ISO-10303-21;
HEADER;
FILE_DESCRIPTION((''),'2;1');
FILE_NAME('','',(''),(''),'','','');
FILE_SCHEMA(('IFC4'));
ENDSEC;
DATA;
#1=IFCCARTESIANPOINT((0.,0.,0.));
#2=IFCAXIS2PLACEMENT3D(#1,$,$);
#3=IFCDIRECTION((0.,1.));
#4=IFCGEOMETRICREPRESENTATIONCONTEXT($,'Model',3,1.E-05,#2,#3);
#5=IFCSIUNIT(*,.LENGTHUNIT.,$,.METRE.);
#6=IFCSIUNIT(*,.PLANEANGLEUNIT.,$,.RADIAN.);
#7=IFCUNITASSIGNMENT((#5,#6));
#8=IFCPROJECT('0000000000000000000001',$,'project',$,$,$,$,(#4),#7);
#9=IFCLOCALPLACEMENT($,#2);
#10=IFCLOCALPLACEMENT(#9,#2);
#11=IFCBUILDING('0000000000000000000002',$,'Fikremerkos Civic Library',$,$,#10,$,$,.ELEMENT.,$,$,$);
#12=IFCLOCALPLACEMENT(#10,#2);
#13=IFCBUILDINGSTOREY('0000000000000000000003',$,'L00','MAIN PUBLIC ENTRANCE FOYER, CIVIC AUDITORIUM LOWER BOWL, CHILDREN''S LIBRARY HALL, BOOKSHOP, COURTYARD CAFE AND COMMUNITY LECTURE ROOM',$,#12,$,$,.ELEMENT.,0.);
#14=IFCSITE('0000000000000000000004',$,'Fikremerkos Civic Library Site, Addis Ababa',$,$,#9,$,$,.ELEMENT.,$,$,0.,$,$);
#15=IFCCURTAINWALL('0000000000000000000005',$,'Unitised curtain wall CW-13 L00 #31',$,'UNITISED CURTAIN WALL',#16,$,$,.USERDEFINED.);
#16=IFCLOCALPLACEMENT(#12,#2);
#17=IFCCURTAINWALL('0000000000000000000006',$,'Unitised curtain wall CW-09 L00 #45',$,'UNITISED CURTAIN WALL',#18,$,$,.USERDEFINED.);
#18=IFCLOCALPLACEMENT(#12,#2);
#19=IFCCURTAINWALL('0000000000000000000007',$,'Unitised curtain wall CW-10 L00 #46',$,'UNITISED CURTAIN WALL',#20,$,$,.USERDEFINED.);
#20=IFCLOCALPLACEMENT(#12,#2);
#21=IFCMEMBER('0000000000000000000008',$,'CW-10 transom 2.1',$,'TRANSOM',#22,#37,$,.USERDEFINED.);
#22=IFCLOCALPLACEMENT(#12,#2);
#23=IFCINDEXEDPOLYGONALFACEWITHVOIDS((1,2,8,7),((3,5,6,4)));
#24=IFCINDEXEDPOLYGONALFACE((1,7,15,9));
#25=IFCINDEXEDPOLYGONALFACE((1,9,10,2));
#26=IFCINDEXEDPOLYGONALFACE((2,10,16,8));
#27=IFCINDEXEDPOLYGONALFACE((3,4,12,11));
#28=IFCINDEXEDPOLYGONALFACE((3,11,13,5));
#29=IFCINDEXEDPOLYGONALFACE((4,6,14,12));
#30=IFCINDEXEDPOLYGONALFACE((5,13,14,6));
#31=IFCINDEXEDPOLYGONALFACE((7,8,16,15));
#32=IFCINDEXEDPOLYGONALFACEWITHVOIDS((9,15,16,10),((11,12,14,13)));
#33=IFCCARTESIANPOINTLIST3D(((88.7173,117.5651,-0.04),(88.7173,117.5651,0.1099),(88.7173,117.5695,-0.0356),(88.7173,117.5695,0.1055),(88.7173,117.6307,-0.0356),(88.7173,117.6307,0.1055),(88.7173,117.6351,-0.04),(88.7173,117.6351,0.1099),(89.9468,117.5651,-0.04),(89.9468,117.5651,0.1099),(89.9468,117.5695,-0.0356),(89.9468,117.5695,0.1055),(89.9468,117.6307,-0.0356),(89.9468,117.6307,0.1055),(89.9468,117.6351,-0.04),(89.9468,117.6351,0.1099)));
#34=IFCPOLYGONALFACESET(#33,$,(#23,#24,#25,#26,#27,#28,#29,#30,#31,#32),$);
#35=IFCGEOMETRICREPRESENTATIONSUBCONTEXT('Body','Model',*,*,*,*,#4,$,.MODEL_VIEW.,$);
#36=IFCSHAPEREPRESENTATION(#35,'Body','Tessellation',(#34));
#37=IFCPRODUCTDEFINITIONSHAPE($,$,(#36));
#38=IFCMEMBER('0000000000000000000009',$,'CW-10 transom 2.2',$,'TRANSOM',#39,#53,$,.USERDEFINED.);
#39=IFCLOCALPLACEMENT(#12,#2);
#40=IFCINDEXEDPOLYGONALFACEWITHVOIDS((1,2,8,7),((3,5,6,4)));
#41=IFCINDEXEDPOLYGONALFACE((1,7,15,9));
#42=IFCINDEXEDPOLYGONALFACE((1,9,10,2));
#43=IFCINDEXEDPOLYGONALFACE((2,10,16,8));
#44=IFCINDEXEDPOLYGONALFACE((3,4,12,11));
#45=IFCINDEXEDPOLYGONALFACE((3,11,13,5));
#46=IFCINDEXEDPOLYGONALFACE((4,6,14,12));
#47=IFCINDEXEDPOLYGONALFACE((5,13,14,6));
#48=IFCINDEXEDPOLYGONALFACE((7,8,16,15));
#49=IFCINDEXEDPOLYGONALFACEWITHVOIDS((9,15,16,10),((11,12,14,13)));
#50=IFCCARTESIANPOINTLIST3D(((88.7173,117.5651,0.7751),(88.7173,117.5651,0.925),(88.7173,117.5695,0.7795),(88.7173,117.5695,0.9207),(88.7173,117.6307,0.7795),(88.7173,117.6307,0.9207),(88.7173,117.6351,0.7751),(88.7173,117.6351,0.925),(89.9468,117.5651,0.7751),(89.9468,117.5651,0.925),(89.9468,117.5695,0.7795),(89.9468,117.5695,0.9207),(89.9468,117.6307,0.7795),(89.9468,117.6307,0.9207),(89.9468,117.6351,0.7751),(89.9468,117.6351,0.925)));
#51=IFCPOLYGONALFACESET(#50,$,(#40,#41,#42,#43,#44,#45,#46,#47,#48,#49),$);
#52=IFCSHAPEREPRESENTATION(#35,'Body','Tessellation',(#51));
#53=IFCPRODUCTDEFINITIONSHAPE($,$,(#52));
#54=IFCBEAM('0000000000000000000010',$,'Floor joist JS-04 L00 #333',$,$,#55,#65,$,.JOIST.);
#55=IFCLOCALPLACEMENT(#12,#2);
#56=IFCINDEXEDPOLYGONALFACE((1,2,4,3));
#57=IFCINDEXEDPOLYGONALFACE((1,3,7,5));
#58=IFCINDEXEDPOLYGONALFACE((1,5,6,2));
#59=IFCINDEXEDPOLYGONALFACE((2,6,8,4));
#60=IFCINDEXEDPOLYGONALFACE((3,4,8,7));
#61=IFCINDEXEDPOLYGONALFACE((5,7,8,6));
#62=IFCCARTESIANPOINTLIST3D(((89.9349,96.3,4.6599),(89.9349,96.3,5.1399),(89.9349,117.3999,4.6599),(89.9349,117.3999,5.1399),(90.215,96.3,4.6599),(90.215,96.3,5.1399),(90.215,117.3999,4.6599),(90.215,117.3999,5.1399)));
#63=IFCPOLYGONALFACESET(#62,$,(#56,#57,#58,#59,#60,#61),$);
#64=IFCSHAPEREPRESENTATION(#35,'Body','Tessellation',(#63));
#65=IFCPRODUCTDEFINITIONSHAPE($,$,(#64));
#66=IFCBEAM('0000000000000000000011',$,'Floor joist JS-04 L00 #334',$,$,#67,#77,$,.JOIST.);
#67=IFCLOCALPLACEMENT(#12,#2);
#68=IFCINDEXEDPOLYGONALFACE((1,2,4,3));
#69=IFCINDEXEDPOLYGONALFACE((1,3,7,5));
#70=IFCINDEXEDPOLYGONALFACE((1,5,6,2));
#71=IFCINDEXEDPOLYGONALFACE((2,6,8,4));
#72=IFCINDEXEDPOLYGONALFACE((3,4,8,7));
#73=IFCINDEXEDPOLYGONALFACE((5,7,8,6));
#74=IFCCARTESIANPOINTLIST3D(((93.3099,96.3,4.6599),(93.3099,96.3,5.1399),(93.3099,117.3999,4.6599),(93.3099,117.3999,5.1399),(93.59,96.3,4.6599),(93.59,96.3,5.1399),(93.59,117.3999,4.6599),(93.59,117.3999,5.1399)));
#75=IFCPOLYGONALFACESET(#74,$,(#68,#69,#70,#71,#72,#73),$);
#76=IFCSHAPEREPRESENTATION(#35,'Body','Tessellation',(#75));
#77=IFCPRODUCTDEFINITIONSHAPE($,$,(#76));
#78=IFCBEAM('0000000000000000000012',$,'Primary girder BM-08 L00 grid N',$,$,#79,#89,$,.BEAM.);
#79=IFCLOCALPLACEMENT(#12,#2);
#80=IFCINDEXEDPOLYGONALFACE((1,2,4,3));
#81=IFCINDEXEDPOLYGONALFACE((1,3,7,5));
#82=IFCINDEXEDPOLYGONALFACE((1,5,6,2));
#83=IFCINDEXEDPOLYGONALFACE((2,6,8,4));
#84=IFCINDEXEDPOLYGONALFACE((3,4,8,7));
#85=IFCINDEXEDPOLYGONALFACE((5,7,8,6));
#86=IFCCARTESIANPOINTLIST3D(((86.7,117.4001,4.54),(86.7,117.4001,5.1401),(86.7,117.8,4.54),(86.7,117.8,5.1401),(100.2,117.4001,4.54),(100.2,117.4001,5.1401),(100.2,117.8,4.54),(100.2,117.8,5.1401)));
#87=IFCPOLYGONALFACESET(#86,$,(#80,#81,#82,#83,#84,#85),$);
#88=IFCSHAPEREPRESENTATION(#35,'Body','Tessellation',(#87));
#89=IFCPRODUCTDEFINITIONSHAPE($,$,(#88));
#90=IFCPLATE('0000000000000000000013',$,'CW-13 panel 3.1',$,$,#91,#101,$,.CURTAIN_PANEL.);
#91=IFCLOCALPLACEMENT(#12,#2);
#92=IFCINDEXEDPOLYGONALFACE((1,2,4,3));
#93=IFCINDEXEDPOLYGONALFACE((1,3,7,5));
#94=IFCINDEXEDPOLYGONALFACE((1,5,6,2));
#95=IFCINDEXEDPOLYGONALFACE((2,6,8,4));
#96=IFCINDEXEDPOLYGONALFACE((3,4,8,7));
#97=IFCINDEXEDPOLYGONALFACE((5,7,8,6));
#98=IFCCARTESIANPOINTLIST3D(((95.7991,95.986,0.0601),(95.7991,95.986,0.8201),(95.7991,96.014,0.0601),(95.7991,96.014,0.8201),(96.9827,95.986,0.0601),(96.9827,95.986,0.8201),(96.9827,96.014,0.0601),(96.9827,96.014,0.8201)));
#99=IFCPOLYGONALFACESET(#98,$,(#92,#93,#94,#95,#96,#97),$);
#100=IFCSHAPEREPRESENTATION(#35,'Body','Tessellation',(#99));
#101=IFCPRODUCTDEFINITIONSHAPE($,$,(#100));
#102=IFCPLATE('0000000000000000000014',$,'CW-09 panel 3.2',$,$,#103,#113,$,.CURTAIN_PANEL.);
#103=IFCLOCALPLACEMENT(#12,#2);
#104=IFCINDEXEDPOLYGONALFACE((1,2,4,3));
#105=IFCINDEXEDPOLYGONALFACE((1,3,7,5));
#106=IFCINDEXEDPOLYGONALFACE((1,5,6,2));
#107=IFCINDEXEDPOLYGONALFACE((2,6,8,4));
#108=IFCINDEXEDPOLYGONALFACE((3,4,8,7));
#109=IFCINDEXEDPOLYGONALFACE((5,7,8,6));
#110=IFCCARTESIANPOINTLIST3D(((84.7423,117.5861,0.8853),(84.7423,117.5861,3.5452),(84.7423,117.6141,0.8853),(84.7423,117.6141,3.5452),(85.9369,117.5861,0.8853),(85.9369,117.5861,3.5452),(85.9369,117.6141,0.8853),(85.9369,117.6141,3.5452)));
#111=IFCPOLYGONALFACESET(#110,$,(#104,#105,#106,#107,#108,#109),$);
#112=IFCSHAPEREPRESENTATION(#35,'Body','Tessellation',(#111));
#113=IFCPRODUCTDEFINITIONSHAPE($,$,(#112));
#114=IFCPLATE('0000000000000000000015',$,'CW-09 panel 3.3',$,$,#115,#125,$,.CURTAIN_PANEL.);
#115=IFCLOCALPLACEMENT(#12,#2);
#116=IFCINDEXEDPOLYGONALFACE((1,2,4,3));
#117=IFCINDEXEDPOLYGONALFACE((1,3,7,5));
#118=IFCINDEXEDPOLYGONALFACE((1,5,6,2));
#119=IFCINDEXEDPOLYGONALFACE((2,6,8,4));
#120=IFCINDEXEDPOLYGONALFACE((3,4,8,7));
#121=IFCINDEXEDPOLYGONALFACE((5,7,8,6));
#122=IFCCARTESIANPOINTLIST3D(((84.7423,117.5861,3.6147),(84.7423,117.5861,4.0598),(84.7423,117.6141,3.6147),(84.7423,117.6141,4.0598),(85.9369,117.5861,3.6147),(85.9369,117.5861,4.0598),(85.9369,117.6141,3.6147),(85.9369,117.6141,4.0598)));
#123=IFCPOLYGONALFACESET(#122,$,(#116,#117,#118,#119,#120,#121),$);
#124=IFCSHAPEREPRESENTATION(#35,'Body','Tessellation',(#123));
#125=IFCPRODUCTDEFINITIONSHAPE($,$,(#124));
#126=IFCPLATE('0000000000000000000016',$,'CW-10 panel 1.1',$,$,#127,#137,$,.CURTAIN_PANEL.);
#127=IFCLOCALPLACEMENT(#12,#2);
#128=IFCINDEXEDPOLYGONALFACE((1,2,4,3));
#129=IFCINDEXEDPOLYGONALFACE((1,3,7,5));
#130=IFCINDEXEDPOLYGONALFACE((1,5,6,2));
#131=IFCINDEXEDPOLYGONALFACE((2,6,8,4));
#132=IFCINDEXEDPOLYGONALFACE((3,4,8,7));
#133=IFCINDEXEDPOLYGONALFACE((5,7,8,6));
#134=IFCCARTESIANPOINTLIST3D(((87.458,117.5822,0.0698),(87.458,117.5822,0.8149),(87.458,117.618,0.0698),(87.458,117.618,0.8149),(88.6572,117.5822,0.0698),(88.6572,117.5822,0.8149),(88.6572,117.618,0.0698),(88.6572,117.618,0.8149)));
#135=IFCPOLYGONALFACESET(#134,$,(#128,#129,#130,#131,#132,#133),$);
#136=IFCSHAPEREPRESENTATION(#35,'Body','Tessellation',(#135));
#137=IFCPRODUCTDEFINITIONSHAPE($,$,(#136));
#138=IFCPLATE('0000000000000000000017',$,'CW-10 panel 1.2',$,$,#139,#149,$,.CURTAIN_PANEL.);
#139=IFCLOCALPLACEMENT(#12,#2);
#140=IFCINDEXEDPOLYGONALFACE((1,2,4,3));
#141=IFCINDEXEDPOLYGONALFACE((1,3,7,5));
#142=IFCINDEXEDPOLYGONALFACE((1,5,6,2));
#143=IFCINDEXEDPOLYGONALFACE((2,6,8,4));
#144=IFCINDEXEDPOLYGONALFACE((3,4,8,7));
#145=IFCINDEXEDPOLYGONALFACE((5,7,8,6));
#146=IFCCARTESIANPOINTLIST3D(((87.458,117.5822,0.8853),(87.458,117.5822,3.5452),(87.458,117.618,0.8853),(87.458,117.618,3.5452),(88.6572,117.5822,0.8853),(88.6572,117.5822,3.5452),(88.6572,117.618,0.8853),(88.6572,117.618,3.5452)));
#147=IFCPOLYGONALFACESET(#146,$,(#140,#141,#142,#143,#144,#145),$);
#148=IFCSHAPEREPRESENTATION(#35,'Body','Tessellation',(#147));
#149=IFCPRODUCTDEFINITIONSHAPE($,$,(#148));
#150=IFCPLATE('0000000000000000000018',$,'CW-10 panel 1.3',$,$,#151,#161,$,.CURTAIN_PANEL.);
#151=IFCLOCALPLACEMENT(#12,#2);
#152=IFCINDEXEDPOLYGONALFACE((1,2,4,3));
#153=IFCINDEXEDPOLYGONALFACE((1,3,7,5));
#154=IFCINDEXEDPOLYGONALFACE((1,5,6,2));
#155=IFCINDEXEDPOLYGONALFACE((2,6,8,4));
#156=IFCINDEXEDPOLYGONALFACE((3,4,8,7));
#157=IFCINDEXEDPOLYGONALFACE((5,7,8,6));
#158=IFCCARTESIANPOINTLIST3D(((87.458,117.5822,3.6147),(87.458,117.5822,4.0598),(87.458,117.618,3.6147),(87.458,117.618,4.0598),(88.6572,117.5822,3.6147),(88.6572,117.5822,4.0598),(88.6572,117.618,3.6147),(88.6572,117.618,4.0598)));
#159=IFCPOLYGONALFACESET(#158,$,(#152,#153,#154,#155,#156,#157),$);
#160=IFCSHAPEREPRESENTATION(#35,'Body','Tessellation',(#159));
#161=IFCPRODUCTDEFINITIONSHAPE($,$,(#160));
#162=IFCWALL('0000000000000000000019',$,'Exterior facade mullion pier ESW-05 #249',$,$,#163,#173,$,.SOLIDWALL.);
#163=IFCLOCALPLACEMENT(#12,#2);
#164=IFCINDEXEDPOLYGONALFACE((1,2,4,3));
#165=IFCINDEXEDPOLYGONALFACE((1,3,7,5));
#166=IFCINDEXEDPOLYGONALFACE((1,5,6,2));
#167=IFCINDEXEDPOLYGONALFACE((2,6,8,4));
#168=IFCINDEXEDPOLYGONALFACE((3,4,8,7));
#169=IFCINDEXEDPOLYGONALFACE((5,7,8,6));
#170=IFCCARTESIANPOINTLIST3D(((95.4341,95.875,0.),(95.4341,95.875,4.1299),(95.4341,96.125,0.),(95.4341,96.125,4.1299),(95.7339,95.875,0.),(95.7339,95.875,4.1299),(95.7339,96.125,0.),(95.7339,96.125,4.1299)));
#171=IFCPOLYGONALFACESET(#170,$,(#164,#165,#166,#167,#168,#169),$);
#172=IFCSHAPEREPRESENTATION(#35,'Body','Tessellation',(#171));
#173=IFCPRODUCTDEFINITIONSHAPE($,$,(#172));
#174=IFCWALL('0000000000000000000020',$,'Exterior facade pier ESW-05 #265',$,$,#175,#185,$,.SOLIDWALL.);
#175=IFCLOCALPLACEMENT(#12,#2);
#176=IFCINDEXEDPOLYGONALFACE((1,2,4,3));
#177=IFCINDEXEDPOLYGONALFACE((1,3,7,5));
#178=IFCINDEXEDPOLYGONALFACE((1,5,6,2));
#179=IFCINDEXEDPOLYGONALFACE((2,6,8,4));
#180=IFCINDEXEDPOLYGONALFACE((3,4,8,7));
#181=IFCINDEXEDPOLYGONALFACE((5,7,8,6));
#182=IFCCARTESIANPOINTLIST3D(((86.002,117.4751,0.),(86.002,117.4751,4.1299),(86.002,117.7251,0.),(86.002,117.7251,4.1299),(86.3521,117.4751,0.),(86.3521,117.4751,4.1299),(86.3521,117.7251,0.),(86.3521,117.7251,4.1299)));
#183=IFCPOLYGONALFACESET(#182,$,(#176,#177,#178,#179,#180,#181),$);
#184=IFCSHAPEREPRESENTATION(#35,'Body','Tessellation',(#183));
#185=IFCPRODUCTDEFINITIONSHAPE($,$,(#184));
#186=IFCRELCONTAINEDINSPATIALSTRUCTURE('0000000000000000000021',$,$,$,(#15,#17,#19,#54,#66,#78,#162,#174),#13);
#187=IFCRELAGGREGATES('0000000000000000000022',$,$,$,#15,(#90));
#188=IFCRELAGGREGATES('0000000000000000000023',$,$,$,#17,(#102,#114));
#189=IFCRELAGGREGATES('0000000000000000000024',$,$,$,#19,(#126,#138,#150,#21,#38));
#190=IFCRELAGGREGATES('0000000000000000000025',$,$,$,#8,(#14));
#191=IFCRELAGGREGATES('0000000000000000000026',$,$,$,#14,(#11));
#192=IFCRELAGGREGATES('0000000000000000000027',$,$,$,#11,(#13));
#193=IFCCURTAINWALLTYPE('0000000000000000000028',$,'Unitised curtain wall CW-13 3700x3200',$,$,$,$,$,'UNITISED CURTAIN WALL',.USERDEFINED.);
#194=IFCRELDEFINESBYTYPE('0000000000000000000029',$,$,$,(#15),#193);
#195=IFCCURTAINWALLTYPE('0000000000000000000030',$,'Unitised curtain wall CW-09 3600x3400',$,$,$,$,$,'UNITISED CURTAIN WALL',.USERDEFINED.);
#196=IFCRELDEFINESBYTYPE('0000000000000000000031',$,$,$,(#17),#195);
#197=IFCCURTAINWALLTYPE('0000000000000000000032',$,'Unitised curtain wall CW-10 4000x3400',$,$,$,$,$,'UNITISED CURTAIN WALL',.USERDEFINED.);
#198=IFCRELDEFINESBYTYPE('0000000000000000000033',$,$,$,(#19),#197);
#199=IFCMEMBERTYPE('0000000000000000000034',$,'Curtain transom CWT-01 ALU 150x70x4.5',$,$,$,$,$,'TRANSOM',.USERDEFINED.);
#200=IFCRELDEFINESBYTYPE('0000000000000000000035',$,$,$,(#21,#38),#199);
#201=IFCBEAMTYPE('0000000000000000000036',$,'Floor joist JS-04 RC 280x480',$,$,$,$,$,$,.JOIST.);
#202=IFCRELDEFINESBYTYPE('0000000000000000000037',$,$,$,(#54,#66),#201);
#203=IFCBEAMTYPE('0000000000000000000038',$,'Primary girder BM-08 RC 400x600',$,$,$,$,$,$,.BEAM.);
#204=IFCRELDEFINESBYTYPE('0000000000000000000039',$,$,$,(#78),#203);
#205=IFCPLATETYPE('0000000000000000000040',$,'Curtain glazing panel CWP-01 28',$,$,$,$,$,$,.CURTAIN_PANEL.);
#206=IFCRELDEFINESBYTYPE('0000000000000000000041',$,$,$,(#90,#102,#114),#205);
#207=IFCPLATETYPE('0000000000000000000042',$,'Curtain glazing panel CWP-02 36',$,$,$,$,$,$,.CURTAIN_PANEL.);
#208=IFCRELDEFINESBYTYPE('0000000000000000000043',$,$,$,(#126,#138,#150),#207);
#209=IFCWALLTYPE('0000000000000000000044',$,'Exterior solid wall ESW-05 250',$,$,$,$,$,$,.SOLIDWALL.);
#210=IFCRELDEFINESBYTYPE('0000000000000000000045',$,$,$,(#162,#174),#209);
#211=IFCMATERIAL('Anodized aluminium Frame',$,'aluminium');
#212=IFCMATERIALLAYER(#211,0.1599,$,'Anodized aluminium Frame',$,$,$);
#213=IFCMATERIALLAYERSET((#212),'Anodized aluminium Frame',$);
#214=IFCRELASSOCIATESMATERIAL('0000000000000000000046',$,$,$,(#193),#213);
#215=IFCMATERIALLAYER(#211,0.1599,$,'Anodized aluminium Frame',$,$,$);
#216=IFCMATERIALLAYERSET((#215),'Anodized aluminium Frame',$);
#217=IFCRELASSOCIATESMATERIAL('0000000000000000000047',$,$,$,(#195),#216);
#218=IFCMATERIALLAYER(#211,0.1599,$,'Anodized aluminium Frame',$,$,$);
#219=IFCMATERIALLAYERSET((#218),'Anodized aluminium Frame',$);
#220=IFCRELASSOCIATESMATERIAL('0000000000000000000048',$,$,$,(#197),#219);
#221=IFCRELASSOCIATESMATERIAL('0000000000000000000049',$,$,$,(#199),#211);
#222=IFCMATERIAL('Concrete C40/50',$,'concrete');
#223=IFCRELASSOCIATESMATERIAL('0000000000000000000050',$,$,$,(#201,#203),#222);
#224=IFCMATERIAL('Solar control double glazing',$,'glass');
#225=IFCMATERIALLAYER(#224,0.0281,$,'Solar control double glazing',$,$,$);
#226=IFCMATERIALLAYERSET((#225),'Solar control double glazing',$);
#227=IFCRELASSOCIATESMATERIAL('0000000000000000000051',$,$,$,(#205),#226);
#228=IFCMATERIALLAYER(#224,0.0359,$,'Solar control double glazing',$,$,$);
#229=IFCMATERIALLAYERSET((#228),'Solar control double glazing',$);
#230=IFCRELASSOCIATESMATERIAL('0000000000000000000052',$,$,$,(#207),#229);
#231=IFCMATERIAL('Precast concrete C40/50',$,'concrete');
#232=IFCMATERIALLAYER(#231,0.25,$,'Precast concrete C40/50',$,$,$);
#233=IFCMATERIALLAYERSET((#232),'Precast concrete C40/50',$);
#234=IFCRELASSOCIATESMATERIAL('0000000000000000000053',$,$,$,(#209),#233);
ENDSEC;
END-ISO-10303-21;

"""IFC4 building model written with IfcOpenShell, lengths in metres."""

from ifc_helpers import new_model, si_unit, direction, frame, frame_2d, origin, origin_2d, place, context, subcontext, project, spatial, rectangle, hollow_rectangle, extrude, material, layer, layer_set, material_profile, profile_set, type_object, element, aggregate, save


model = new_model("IFC4")

# Units and contexts
model_context = context("Model", 3, precision=1e-05, world=origin(), true_north=direction((0.0, 1.0)))
body_context = subcontext(model_context, "Body", "Model", "MODEL_VIEW")
ifc_project = project(units=[si_unit("LENGTHUNIT", "METRE"), si_unit("PLANEANGLEUNIT", "RADIAN")], contexts=[model_context])

# Site, building, storey
site_placement = place(None, origin())
site = spatial("IfcSite", under=ifc_project, at=site_placement, Name="Fikremerkos Civic Library Site, Addis Ababa", CompositionType="ELEMENT", RefElevation=0.0)
building_placement = place(site_placement, origin())
building = spatial("IfcBuilding", under=site, at=building_placement, Name="Fikremerkos Civic Library", CompositionType="ELEMENT")
storey_placement = place(building_placement, origin())
storey = spatial("IfcBuildingStorey", under=building, at=storey_placement, Name="L00", Description="MAIN PUBLIC ENTRANCE FOYER, CIVIC AUDITORIUM LOWER BOWL, CHILDREN'S LIBRARY HALL, BOOKSHOP, COURTYARD CAFE AND COMMUNITY LECTURE ROOM", CompositionType="ELEMENT", Elevation=0.0)

# Shared definitions
ifc_material_1 = material(Name="Concrete C40/50", Category="concrete")

# Curtain walls
ifc_material_2 = material(Name="Anodized aluminium Frame", Category="aluminium")
ifc_layer_1 = layer(ifc_material_2, 0.1599, Name="Anodized aluminium Frame")
ifc_layer_set_1 = layer_set([ifc_layer_1], Name="Anodized aluminium Frame")
curtain_wall_type_1 = type_object("IfcCurtainWallType", Name="Unitised curtain wall CW-13 3700x3200", ElementType="UNITISED CURTAIN WALL", PredefinedType="USERDEFINED", material=ifc_layer_set_1)
curtain_wall_1_placement = place(storey_placement, origin())
curtain_wall_1 = element("IfcCurtainWall", 1, at=curtain_wall_1_placement, inside=storey, type_object=curtain_wall_type_1, Name="Unitised curtain wall CW-13 L00 #31", ObjectType="UNITISED CURTAIN WALL", PredefinedType="USERDEFINED")
ifc_layer_2 = layer(ifc_material_2, 0.1599, Name="Anodized aluminium Frame")
ifc_layer_set_2 = layer_set([ifc_layer_2], Name="Anodized aluminium Frame")
curtain_wall_type_2 = type_object("IfcCurtainWallType", Name="Unitised curtain wall CW-09 3600x3400", ElementType="UNITISED CURTAIN WALL", PredefinedType="USERDEFINED", material=ifc_layer_set_2)
curtain_wall_2_placement = place(storey_placement, origin())
curtain_wall_2 = element("IfcCurtainWall", 2, at=curtain_wall_2_placement, inside=storey, type_object=curtain_wall_type_2, Name="Unitised curtain wall CW-09 L00 #45", ObjectType="UNITISED CURTAIN WALL", PredefinedType="USERDEFINED")

# Curtain wall, members
ifc_layer_3 = layer(ifc_material_2, 0.1599, Name="Anodized aluminium Frame")
ifc_layer_set_3 = layer_set([ifc_layer_3], Name="Anodized aluminium Frame")
curtain_wall_type_3 = type_object("IfcCurtainWallType", Name="Unitised curtain wall CW-10 4000x3400", ElementType="UNITISED CURTAIN WALL", PredefinedType="USERDEFINED", material=ifc_layer_set_3)
curtain_wall_3_placement = place(storey_placement, origin())
curtain_wall_3 = element("IfcCurtainWall", 3, at=curtain_wall_3_placement, inside=storey, type_object=curtain_wall_type_3, Name="Unitised curtain wall CW-10 L00 #46", ObjectType="UNITISED CURTAIN WALL", PredefinedType="USERDEFINED")
ifc_material_profile_1 = material_profile(ifc_material_2, hollow_rectangle(XDim=0.0701, YDim=0.1499, WallThickness=0.0044, at=origin_2d()), Name="ALU 150x70x4.5")
ifc_profile_set_1 = profile_set([ifc_material_profile_1], Name="Anodized aluminium Frame")
member_type_1 = type_object("IfcMemberType", Name="Curtain transom CWT-01 ALU 150x70x4.5", ElementType="TRANSOM", PredefinedType="USERDEFINED", material=ifc_profile_set_1)
member_1_placement = place(storey_placement, frame((88.7173, 117.6001, 0.0349), z_axis=(1.0, 0.0, 0.0), x_axis=(0.0, 1.0, 0.0)))
member_1 = element("IfcMember", 4, at=member_1_placement, type_object=member_type_1, Name="CW-10 transom 2.1", ObjectType="TRANSOM", PredefinedType="USERDEFINED", context=body_context, shape_type="SweptSolid", body=[
    extrude(hollow_rectangle(XDim=0.0701, YDim=0.1499, WallThickness=0.0044, at=origin_2d()), origin(), (0.0, 0.0, 1.0), 1.2295),
])
member_2_placement = place(storey_placement, frame((88.7173, 117.6001, 0.8501), z_axis=(1.0, 0.0, 0.0), x_axis=(0.0, 1.0, 0.0)))
member_2 = element("IfcMember", 5, at=member_2_placement, type_object=member_type_1, Name="CW-10 transom 2.2", ObjectType="TRANSOM", PredefinedType="USERDEFINED", context=body_context, shape_type="SweptSolid", body=[
    extrude(hollow_rectangle(XDim=0.0701, YDim=0.1499, WallThickness=0.0044, at=origin_2d()), origin(), (0.0, 0.0, 1.0), 1.2295),
])

# Beams
ifc_material_profile_2 = material_profile(ifc_material_1, rectangle(XDim=0.28, YDim=0.48, at=origin_2d()), Name="RC 280x480")
ifc_profile_set_2 = profile_set([ifc_material_profile_2], Name="Concrete C40/50")
beam_type_1 = type_object("IfcBeamType", Name="Floor joist JS-04 RC 280x480", PredefinedType="JOIST", material=ifc_profile_set_2)
for number, where, z_axis, x_axis, name in (
    (6, (90.075, 96.3, 4.8999), (0.0, 1.0, 0.0), (-1.0, 0.0, 0.0), "Floor joist JS-04 L00 #333"),
    (7, (93.45, 96.3, 4.8999), (0.0, 1.0, 0.0), (-1.0, 0.0, 0.0), "Floor joist JS-04 L00 #334"),
):
    element("IfcBeam", number, at=place(storey_placement, frame(where, z_axis=z_axis, x_axis=x_axis)), inside=storey, type_object=beam_type_1, Name=name, PredefinedType="JOIST", context=body_context, shape_type="SweptSolid", body=[
        extrude(rectangle(XDim=0.28, YDim=0.48, at=origin_2d()), origin(), (0.0, 0.0, 1.0), 21.0999),
    ])
ifc_material_profile_3 = material_profile(ifc_material_1, rectangle(XDim=0.3999, YDim=0.6001, at=origin_2d()), Name="RC 400x600")
ifc_profile_set_3 = profile_set([ifc_material_profile_3], Name="Concrete C40/50")
beam_type_2 = type_object("IfcBeamType", Name="Primary girder BM-08 RC 400x600", PredefinedType="BEAM", material=ifc_profile_set_3)
beam_placement = place(storey_placement, frame((86.7, 117.6001, 4.8401), z_axis=(1.0, 0.0, 0.0), x_axis=(0.0, 1.0, 0.0)))
element("IfcBeam", 8, at=beam_placement, inside=storey, type_object=beam_type_2, Name="Primary girder BM-08 L00 grid N", PredefinedType="BEAM", context=body_context, shape_type="SweptSolid", body=[
    extrude(rectangle(XDim=0.3999, YDim=0.6001, at=origin_2d()), origin(), (0.0, 0.0, 1.0), 13.5),
])

# Plates
ifc_material_3 = material(Name="Solar control double glazing", Category="glass")
ifc_layer_4 = layer(ifc_material_3, 0.0281, Name="Solar control double glazing")
ifc_layer_set_4 = layer_set([ifc_layer_4], Name="Solar control double glazing")
plate_type_1 = type_object("IfcPlateType", Name="Curtain glazing panel CWP-01 28", PredefinedType="CURTAIN_PANEL", material=ifc_layer_set_4)
plate_1_placement = place(storey_placement, frame((96.3909, 96.0, 0.0601), z_axis=(0.0, 0.0, 1.0), x_axis=(-1.0, 0.0, 0.0)))
plate_1 = element("IfcPlate", 9, at=plate_1_placement, type_object=plate_type_1, Name="CW-13 panel 3.1", PredefinedType="CURTAIN_PANEL", context=body_context, shape_type="SweptSolid", body=[
    extrude(rectangle(XDim=1.1836, YDim=0.0281, at=origin_2d()), origin(), (0.0, 0.0, 1.0), 0.76),
])
aggregate(curtain_wall_1, [plate_1])
plate_2_placement = place(storey_placement, frame((85.3396, 117.6001, 0.8853), z_axis=(0.0, 0.0, 1.0), x_axis=(1.0, 0.0, 0.0)))
plate_2 = element("IfcPlate", 10, at=plate_2_placement, type_object=plate_type_1, Name="CW-09 panel 3.2", PredefinedType="CURTAIN_PANEL", context=body_context, shape_type="SweptSolid", body=[
    extrude(rectangle(XDim=1.1946, YDim=0.0281, at=origin_2d()), origin(), (0.0, 0.0, 1.0), 2.6599),
])
plate_3_placement = place(storey_placement, frame((85.3396, 117.6001, 3.6147), z_axis=(0.0, 0.0, 1.0), x_axis=(1.0, 0.0, 0.0)))
plate_3 = element("IfcPlate", 11, at=plate_3_placement, type_object=plate_type_1, Name="CW-09 panel 3.3", PredefinedType="CURTAIN_PANEL", context=body_context, shape_type="SweptSolid", body=[
    extrude(rectangle(XDim=1.1946, YDim=0.0281, at=origin_2d()), origin(), (0.0, 0.0, 1.0), 0.4451),
])
aggregate(curtain_wall_2, [plate_2, plate_3])
ifc_layer_5 = layer(ifc_material_3, 0.0359, Name="Solar control double glazing")
ifc_layer_set_5 = layer_set([ifc_layer_5], Name="Solar control double glazing")
plate_type_2 = type_object("IfcPlateType", Name="Curtain glazing panel CWP-02 36", PredefinedType="CURTAIN_PANEL", material=ifc_layer_set_5)
plate_4_placement = place(storey_placement, frame((88.0576, 117.6001, 0.0698), z_axis=(0.0, 0.0, 1.0), x_axis=(1.0, 0.0, 0.0)))
plate_4 = element("IfcPlate", 12, at=plate_4_placement, type_object=plate_type_2, Name="CW-10 panel 1.1", PredefinedType="CURTAIN_PANEL", context=body_context, shape_type="SweptSolid", body=[
    extrude(rectangle(XDim=1.1992, YDim=0.0359, at=origin_2d()), origin(), (0.0, 0.0, 1.0), 0.7451),
])
plate_5_placement = place(storey_placement, frame((88.0576, 117.6001, 0.8853), z_axis=(0.0, 0.0, 1.0), x_axis=(1.0, 0.0, 0.0)))
plate_5 = element("IfcPlate", 13, at=plate_5_placement, type_object=plate_type_2, Name="CW-10 panel 1.2", PredefinedType="CURTAIN_PANEL", context=body_context, shape_type="SweptSolid", body=[
    extrude(rectangle(XDim=1.1992, YDim=0.0359, at=origin_2d()), origin(), (0.0, 0.0, 1.0), 2.6599),
])
plate_6_placement = place(storey_placement, frame((88.0576, 117.6001, 3.6147), z_axis=(0.0, 0.0, 1.0), x_axis=(1.0, 0.0, 0.0)))
plate_6 = element("IfcPlate", 14, at=plate_6_placement, type_object=plate_type_2, Name="CW-10 panel 1.3", PredefinedType="CURTAIN_PANEL", context=body_context, shape_type="SweptSolid", body=[
    extrude(rectangle(XDim=1.1992, YDim=0.0359, at=origin_2d()), origin(), (0.0, 0.0, 1.0), 0.4451),
])
aggregate(curtain_wall_3, [plate_4, plate_5, plate_6, member_1, member_2])

# Walls
ifc_material_4 = material(Name="Precast concrete C40/50", Category="concrete")
ifc_layer_6 = layer(ifc_material_4, 0.25, Name="Precast concrete C40/50")
ifc_layer_set_6 = layer_set([ifc_layer_6], Name="Precast concrete C40/50")
wall_type = type_object("IfcWallType", Name="Exterior solid wall ESW-05 250", PredefinedType="SOLIDWALL", material=ifc_layer_set_6)
wall_1_placement = place(storey_placement, frame((95.7339, 96.0, 0.0), z_axis=(0.0, 0.0, 1.0), x_axis=(-1.0, 0.0, 0.0)))
element("IfcWall", 15, at=wall_1_placement, inside=storey, type_object=wall_type, Name="Exterior facade mullion pier ESW-05 #249", PredefinedType="SOLIDWALL", context=body_context, shape_type="SweptSolid", body=[
    extrude(rectangle(XDim=0.2998, YDim=0.25, at=frame_2d((0.1499, 0.0))), origin(), (0.0, 0.0, 1.0), 4.1299),
])
wall_2_placement = place(storey_placement, frame((86.002, 117.6001, 0.0), z_axis=(0.0, 0.0, 1.0), x_axis=(1.0, 0.0, 0.0)))
element("IfcWall", 16, at=wall_2_placement, inside=storey, type_object=wall_type, Name="Exterior facade pier ESW-05 #265", PredefinedType="SOLIDWALL", context=body_context, shape_type="SweptSolid", body=[
    extrude(rectangle(XDim=0.3501, YDim=0.25, at=frame_2d((0.175, 0.0))), origin(), (0.0, 0.0, 1.0), 4.1299),
])

save(model, "model.ifc")
